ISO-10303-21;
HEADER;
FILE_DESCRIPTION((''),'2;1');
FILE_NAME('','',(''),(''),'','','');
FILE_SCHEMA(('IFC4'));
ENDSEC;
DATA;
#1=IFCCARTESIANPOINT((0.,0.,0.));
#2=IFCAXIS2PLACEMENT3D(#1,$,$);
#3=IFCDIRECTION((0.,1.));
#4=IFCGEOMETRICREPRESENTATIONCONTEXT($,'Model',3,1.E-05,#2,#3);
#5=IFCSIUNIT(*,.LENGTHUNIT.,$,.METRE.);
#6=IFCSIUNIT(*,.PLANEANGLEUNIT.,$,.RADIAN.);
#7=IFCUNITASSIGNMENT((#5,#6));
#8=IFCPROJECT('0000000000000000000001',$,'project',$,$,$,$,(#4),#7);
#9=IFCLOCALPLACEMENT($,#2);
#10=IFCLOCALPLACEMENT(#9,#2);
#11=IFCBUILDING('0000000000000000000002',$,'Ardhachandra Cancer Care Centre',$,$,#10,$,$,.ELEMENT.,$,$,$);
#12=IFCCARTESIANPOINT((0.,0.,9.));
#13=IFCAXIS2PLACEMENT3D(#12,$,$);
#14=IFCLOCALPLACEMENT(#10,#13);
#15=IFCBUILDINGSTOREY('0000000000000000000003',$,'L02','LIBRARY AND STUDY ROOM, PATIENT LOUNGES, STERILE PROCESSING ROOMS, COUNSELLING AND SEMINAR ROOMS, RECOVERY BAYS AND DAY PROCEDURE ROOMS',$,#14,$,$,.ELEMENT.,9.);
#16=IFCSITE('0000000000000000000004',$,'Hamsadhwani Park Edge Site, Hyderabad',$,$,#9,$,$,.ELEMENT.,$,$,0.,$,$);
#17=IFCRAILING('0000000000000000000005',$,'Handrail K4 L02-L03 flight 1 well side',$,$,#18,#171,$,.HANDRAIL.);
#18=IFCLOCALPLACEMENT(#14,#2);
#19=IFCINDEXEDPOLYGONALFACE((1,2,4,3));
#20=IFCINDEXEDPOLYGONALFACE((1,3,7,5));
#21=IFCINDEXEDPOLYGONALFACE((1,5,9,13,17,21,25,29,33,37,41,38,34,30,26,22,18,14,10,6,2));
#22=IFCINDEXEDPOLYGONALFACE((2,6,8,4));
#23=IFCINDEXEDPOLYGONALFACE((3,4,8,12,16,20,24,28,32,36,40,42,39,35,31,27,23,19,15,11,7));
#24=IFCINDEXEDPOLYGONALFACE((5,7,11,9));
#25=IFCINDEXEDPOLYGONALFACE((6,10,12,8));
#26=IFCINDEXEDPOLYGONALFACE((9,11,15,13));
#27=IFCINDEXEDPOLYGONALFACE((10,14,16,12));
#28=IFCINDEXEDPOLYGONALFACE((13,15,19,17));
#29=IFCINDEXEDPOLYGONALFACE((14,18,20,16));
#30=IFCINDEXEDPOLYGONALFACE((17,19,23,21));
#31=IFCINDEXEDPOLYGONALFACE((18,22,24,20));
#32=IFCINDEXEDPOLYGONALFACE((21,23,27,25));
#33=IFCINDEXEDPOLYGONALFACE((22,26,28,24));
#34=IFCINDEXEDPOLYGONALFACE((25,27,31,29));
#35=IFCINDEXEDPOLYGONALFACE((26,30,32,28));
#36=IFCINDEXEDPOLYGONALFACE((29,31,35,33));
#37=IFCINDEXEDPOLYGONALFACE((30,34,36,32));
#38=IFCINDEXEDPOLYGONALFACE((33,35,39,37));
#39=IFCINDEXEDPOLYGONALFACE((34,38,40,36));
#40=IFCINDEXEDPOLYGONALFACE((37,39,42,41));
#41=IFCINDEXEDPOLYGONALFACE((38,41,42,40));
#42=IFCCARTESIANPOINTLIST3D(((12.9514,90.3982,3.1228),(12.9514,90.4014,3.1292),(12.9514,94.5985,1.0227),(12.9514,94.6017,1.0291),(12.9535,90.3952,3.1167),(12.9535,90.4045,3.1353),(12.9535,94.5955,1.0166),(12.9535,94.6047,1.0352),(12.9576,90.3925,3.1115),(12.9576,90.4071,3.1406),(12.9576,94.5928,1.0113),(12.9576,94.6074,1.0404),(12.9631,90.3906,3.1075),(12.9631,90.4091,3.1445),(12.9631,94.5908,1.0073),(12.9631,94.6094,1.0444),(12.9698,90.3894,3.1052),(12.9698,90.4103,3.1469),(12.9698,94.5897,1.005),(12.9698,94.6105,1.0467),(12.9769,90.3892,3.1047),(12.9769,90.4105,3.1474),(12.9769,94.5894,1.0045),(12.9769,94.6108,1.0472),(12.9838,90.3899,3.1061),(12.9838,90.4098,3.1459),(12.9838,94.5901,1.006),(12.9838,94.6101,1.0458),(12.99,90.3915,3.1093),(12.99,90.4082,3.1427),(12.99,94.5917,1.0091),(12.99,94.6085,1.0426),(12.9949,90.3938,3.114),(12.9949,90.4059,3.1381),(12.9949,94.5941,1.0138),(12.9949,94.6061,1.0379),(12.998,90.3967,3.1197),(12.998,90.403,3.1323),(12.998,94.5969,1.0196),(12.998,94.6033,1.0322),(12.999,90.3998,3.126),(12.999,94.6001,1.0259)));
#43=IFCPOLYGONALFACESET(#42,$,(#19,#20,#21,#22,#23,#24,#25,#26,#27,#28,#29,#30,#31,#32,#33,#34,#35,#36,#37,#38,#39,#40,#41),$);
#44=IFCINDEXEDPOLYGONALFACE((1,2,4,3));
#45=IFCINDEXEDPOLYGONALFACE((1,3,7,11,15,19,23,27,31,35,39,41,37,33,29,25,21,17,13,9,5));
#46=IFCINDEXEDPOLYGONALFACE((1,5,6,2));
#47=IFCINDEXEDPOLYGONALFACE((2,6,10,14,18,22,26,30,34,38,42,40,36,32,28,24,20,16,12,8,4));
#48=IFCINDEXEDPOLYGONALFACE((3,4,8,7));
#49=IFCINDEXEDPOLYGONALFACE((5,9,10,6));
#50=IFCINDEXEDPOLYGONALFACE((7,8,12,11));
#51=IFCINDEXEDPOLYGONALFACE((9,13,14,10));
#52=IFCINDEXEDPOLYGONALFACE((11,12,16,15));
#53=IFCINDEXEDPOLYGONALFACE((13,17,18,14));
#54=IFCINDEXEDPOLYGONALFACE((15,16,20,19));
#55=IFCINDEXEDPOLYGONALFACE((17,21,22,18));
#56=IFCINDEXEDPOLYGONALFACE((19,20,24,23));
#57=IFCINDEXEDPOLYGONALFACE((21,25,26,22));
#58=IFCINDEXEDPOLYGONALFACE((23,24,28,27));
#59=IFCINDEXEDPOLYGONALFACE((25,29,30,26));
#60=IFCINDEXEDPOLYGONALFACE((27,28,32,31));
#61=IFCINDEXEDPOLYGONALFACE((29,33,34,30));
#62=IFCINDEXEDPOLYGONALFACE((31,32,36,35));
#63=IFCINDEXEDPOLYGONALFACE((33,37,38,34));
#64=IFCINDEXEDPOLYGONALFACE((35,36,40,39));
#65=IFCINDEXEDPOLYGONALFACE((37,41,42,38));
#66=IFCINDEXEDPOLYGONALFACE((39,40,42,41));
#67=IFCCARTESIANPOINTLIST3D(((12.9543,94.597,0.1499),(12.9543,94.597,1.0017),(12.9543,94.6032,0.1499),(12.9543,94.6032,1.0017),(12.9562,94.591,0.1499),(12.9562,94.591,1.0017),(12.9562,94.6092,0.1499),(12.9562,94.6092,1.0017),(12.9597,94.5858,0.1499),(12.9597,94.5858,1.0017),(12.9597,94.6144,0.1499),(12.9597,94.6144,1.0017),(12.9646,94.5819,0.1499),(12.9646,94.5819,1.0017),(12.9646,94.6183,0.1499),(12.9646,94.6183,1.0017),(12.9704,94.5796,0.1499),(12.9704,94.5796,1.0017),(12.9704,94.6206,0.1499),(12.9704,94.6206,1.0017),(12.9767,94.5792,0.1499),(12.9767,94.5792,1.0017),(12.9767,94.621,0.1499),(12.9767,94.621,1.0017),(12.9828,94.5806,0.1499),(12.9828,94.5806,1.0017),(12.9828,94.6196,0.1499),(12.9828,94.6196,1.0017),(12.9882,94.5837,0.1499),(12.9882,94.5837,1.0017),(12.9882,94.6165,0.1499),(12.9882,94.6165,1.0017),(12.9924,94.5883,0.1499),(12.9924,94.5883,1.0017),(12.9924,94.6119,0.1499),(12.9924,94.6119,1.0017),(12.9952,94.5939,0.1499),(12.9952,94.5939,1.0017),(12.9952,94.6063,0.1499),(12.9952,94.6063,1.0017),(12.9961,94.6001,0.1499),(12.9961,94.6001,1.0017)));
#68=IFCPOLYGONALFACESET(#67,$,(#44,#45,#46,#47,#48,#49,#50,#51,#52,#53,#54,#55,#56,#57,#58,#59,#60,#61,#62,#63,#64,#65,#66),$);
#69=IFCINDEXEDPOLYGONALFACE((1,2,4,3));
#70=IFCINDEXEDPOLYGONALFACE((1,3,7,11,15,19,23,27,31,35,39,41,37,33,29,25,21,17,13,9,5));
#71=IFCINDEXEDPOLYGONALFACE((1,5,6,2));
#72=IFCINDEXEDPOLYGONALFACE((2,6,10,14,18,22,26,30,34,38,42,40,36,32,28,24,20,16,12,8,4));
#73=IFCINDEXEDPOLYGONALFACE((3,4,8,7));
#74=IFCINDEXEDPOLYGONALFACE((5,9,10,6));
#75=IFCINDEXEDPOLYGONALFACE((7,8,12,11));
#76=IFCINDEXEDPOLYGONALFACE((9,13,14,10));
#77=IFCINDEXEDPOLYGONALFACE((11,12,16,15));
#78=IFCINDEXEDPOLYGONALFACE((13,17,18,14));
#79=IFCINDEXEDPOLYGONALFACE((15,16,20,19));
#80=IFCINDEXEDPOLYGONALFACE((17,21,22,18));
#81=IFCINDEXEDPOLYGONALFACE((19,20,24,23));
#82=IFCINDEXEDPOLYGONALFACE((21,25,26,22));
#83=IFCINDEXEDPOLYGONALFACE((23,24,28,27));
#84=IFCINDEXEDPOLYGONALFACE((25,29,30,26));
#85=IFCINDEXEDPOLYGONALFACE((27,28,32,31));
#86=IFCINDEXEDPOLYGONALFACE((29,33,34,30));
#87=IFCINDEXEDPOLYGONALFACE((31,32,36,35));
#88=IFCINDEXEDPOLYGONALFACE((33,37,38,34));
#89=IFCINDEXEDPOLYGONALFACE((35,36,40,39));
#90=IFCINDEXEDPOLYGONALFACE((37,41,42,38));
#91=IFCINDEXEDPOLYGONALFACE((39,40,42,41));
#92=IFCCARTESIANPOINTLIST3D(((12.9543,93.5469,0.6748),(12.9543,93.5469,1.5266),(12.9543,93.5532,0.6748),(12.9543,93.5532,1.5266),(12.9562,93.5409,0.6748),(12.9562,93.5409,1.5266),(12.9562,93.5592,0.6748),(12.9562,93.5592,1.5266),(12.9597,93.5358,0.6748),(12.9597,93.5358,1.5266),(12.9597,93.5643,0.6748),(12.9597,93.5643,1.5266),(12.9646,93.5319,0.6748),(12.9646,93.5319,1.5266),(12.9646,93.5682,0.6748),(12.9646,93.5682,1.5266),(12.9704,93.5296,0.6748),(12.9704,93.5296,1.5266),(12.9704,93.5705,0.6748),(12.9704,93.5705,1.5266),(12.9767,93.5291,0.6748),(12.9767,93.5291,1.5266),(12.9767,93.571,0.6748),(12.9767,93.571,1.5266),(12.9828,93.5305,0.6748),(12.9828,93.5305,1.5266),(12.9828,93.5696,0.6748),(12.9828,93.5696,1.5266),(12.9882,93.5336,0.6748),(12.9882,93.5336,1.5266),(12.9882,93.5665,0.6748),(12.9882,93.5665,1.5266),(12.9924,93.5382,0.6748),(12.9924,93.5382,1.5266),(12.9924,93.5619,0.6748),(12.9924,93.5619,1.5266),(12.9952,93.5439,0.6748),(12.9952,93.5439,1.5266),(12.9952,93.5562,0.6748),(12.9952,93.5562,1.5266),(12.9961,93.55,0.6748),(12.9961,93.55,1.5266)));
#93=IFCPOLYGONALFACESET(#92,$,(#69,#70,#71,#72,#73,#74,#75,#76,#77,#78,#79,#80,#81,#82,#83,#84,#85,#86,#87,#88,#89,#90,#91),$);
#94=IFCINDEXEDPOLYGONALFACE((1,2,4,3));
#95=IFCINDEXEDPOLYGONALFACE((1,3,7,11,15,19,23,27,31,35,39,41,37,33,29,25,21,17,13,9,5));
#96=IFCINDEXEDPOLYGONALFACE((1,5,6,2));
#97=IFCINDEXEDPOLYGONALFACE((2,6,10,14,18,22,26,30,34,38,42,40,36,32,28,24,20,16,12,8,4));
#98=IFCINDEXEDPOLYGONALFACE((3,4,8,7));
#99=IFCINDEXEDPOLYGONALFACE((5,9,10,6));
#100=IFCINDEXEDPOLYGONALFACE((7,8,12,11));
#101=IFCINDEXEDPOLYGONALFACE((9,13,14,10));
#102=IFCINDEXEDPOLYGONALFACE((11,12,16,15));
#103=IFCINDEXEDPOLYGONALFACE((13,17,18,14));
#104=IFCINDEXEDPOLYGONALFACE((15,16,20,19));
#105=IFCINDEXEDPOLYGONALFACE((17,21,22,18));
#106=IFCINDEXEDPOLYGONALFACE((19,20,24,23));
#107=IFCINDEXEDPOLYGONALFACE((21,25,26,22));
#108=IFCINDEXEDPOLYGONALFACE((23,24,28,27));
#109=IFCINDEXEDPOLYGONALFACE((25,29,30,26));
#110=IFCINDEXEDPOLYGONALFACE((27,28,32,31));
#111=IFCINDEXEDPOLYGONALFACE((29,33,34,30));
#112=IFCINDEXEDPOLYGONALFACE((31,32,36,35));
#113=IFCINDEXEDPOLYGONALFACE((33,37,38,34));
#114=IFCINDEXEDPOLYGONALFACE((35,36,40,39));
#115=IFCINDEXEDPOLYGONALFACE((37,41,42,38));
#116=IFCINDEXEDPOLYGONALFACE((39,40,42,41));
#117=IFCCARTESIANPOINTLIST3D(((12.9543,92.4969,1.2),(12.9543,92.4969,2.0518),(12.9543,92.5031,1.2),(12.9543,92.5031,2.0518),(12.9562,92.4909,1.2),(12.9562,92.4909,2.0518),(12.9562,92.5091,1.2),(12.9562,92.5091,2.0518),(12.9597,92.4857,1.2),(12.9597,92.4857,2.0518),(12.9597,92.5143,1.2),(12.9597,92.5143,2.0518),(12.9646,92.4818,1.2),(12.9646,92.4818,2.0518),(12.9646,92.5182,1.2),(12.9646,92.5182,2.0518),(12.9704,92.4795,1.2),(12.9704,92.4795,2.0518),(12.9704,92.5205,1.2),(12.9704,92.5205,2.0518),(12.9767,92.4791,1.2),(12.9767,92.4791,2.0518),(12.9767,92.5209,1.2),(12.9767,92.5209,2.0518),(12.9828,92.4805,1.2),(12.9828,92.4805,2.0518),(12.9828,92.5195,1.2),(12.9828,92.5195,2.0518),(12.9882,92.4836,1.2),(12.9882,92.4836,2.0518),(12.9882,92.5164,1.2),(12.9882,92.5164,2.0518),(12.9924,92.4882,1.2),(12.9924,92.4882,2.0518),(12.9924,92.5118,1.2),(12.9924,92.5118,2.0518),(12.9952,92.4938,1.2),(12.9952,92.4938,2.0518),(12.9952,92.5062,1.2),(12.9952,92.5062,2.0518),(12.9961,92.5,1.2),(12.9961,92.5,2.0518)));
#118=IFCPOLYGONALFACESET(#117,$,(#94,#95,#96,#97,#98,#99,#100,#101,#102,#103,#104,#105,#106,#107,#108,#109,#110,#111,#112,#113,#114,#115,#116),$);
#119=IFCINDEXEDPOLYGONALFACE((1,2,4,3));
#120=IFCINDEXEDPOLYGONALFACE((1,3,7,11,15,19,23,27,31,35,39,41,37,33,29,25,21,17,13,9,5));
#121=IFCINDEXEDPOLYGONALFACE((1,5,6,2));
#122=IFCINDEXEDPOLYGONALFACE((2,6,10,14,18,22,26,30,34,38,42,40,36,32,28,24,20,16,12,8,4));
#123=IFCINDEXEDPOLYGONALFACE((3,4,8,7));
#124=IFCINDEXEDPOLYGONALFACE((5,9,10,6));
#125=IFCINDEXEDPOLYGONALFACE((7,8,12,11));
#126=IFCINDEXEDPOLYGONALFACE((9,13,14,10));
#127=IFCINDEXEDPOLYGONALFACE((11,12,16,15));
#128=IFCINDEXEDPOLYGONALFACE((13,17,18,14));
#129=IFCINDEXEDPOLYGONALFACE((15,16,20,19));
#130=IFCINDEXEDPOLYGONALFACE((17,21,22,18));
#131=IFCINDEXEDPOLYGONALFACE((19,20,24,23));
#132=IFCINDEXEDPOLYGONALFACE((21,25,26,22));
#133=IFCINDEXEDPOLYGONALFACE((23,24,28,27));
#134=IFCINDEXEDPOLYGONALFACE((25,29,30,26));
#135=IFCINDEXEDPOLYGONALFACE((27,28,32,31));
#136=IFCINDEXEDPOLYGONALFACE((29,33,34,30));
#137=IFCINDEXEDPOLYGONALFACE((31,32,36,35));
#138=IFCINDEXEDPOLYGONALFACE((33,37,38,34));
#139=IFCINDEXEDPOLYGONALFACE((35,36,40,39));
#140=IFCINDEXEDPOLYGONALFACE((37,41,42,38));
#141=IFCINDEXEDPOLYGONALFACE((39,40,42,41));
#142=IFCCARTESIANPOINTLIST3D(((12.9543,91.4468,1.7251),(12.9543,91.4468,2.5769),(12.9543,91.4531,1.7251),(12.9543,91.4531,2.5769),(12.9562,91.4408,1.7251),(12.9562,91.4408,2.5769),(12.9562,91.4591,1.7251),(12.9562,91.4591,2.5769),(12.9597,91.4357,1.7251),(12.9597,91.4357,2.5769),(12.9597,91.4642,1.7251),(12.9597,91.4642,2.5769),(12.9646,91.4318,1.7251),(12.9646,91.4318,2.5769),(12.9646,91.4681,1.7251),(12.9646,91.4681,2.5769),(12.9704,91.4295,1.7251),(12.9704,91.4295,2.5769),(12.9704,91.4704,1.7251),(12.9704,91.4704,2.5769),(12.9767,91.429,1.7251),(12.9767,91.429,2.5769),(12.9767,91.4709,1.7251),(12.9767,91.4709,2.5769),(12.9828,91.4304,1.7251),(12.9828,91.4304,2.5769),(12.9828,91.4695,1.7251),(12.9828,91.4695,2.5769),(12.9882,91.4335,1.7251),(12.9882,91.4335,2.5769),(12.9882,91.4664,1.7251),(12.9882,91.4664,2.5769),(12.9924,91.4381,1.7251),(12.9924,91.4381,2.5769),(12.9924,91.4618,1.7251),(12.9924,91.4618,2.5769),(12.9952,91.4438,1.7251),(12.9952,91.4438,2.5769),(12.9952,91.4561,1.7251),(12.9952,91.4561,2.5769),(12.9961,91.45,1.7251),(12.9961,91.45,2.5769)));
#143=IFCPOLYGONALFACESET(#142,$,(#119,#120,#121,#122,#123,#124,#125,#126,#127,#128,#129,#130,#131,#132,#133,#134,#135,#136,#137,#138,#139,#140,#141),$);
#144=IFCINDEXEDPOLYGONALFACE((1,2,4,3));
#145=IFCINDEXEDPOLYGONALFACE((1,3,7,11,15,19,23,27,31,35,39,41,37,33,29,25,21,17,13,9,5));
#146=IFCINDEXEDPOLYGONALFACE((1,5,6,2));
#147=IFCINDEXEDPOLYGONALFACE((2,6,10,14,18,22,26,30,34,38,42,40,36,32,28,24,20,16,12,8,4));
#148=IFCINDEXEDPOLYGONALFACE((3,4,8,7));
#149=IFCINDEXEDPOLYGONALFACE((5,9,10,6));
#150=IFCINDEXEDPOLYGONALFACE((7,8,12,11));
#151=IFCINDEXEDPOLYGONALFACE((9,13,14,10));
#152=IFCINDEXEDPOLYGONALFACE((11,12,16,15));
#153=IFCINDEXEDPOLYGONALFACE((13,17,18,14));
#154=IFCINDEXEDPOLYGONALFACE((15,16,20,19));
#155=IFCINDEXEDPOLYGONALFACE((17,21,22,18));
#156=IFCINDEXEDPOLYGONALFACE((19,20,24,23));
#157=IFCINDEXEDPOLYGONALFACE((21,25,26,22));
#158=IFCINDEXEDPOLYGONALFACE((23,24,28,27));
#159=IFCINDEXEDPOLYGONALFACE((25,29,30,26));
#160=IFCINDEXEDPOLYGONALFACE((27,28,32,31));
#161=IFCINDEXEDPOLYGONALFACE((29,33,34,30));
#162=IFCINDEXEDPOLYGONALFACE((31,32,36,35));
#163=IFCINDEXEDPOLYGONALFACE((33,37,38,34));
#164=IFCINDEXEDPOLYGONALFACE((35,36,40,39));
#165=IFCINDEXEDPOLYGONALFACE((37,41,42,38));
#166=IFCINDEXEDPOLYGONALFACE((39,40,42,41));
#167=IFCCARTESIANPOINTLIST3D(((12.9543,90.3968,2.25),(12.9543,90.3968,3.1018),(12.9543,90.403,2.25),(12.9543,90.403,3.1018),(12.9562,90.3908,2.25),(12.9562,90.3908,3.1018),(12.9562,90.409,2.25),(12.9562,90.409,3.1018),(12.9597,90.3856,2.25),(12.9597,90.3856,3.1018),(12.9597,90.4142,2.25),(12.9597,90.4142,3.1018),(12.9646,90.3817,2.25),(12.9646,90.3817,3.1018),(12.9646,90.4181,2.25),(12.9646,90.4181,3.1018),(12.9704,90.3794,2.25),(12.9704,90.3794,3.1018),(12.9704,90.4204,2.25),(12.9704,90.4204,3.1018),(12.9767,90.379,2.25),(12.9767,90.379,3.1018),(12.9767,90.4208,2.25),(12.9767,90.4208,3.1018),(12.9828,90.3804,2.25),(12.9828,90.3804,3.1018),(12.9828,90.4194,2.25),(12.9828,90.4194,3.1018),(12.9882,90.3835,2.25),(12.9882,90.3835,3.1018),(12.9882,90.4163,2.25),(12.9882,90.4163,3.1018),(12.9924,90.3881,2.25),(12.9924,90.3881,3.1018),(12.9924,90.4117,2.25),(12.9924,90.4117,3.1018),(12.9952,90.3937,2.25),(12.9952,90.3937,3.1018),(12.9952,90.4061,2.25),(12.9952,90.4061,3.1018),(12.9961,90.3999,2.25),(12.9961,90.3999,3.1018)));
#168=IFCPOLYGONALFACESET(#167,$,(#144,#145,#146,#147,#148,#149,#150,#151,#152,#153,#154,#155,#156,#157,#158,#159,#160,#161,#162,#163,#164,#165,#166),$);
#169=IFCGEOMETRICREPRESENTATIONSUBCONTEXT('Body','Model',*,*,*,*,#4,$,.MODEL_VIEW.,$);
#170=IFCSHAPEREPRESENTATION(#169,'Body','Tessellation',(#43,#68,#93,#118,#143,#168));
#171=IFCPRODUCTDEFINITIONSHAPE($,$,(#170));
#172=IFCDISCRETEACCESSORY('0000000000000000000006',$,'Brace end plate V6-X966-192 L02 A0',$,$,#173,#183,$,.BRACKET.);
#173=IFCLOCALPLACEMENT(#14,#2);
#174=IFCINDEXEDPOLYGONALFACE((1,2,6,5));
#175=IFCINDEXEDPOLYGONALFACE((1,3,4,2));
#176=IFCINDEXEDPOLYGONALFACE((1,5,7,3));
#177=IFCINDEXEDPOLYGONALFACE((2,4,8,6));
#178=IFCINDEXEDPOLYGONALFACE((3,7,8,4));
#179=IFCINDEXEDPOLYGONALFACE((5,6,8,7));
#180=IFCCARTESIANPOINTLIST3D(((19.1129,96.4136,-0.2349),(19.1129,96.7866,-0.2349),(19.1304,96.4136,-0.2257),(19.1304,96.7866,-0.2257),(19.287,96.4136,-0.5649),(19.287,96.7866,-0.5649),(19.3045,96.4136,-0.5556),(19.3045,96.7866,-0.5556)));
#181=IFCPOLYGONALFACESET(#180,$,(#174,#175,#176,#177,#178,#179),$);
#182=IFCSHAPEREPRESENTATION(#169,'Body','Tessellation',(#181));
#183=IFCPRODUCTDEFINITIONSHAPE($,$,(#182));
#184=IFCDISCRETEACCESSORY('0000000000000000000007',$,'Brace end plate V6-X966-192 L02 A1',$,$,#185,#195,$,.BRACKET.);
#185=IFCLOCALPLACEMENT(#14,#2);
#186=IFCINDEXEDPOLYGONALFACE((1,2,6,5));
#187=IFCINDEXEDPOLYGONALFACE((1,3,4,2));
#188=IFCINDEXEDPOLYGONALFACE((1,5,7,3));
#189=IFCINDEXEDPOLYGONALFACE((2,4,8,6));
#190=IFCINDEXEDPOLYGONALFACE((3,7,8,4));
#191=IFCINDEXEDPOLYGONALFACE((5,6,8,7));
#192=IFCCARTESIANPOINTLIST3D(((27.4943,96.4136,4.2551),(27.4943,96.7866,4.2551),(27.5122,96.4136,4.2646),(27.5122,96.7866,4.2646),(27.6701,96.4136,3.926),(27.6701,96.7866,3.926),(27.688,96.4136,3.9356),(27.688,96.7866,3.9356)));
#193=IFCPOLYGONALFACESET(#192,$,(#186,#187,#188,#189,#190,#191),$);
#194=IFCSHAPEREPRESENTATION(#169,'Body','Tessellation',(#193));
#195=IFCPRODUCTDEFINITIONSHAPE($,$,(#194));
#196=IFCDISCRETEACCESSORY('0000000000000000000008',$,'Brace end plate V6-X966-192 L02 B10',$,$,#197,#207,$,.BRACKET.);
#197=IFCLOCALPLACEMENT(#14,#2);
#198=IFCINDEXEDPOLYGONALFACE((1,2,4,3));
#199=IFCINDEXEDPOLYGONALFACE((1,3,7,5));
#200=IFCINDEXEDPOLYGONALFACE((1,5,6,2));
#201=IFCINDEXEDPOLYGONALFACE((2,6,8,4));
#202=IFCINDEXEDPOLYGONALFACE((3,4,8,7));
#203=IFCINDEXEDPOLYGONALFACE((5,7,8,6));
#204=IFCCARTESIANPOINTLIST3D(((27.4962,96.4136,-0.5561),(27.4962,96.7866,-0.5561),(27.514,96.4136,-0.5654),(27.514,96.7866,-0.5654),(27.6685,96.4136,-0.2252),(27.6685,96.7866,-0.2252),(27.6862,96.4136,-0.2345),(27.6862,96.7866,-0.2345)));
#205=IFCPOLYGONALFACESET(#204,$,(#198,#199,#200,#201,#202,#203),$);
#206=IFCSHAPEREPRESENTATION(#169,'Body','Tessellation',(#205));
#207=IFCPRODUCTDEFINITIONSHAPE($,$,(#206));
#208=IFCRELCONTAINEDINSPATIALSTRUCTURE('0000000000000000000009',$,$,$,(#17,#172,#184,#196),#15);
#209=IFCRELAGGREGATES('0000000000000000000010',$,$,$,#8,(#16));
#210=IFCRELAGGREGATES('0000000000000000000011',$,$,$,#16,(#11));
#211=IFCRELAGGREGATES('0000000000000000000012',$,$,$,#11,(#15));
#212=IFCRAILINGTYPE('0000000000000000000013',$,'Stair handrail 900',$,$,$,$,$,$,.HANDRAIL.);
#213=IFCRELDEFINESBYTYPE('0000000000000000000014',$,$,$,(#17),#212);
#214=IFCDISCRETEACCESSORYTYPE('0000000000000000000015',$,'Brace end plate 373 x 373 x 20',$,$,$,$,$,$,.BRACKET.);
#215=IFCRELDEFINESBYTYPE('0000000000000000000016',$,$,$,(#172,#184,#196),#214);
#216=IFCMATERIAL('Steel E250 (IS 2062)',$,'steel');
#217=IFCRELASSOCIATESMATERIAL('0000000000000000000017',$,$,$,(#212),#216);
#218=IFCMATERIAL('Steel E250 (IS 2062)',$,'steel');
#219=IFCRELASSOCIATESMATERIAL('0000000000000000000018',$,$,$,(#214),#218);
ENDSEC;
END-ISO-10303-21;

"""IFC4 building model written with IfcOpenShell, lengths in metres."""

from ifc_helpers import new_model, si_unit, direction, frame, origin, origin_2d, place, context, subcontext, project, spatial, rectangle, circle, extrude, material, material_profile, profile_set, type_object, element, save


model = new_model("IFC4")

# Units and contexts
model_context = context("Model", 3, precision=1e-05, world=origin(), true_north=direction((0.0, 1.0)))
body_context = subcontext(model_context, "Body", "Model", "MODEL_VIEW")
ifc_project = project(units=[si_unit("LENGTHUNIT", "METRE"), si_unit("PLANEANGLEUNIT", "RADIAN")], contexts=[model_context])

# Site, building, storey
site_placement = place(None, origin())
site = spatial("IfcSite", under=ifc_project, at=site_placement, Name="Hamsadhwani Park Edge Site, Hyderabad", CompositionType="ELEMENT", RefElevation=0.0)
building_placement = place(site_placement, origin())
building = spatial("IfcBuilding", under=site, at=building_placement, Name="Ardhachandra Cancer Care Centre", CompositionType="ELEMENT")
storey_placement = place(building_placement, frame((0.0, 0.0, 9.0)))
storey = spatial("IfcBuildingStorey", under=building, at=storey_placement, Name="L02", Description="LIBRARY AND STUDY ROOM, PATIENT LOUNGES, STERILE PROCESSING ROOMS, COUNSELLING AND SEMINAR ROOMS, RECOVERY BAYS AND DAY PROCEDURE ROOMS", CompositionType="ELEMENT", Elevation=9.0)

# Railing
ifc_material_1 = material(Name="Steel E250 (IS 2062)", Category="steel")
railing_type_1 = type_object("IfcRailingType", Name="Stair handrail 900", PredefinedType="HANDRAIL", material=ifc_material_1)
railing_1_placement = place(storey_placement, frame((12.9751, 94.6001, 0.1499)))
element("IfcRailing", 1, at=railing_1_placement, inside=storey, type_object=railing_type_1, Name="Handrail K4 L02-L03 flight 1 well side", PredefinedType="HANDRAIL", context=body_context, shape_type="SweptSolid", body=[
    extrude(circle(Radius=0.0239, at=origin_2d()), frame((0.0, 0.0, 0.876), z_axis=(0.0, -0.894427, 0.447214), x_axis=(1.0, 0.0, 0.0)), (0.0, 0.0, 1.0), 4.696),
    extrude(circle(Radius=0.021, at=origin_2d()), origin(), (0.0, 0.0, 1.0), 0.8518),
    extrude(circle(Radius=0.021, at=origin_2d()), frame((0.0, -1.05, 0.5249)), (0.0, 0.0, 1.0), 0.8518),
    extrude(circle(Radius=0.021, at=origin_2d()), frame((0.0, -2.1001, 1.05)), (0.0, 0.0, 1.0), 0.8518),
    extrude(circle(Radius=0.021, at=origin_2d()), frame((0.0, -3.1501, 1.5752)), (0.0, 0.0, 1.0), 0.8518),
    extrude(circle(Radius=0.021, at=origin_2d()), frame((0.0, -4.2002, 2.1001)), (0.0, 0.0, 1.0), 0.8518),
])

# Discrete accessories
ifc_material_2 = material(Name="Steel E250 (IS 2062)", Category="steel")
ifc_material_profile_1 = material_profile(ifc_material_2, rectangle(XDim=0.373, YDim=0.373, at=origin_2d()), Name="PL 373x373x20")
ifc_profile_set_1 = profile_set([ifc_material_profile_1], Name="Steel E250 (IS 2062)")
discrete_accessory_type_1 = type_object("IfcDiscreteAccessoryType", Name="Brace end plate 373 x 373 x 20", PredefinedType="BRACKET", material=ifc_profile_set_1)
discrete_accessory_1_placement = place(storey_placement, frame((19.2, 96.6001, -0.3999), z_axis=(0.884385, 0.0, 0.466759), x_axis=(0.0, 1.0, 0.0)))
element("IfcDiscreteAccessory", 2, at=discrete_accessory_1_placement, inside=storey, type_object=discrete_accessory_type_1, Name="Brace end plate V6-X966-192 L02 A0", PredefinedType="BRACKET", context=body_context, shape_type="SweptSolid", body=[
    extrude(rectangle(XDim=0.373, YDim=0.373, at=origin_2d()), origin(), (0.0, 0.0, 1.0), 0.0198),
])
discrete_accessory_2_placement = place(storey_placement, frame((27.6001, 96.6001, 4.1001), z_axis=(-0.882018, 0.0, -0.471215), x_axis=(0.0, -1.0, 0.0)))
element("IfcDiscreteAccessory", 3, at=discrete_accessory_2_placement, inside=storey, type_object=discrete_accessory_type_1, Name="Brace end plate V6-X966-192 L02 A1", PredefinedType="BRACKET", context=body_context, shape_type="SweptSolid", body=[
    extrude(rectangle(XDim=0.373, YDim=0.373, at=origin_2d()), origin(), (0.0, 0.0, 1.0), 0.0203),
])
for number, where, z_axis, x_axis, name in (
    (4, (27.6001, 96.6001, -0.3999), (-0.887018, 0.0, 0.461735), (0.0, -1.0, 0.0), "Brace end plate V6-X966-192 L02 B10"),
):
    element("IfcDiscreteAccessory", number, at=place(storey_placement, frame(where, z_axis=z_axis, x_axis=x_axis)), inside=storey, type_object=discrete_accessory_type_1, Name=name, PredefinedType="BRACKET", context=body_context, shape_type="SweptSolid", body=[
        extrude(rectangle(XDim=0.373, YDim=0.373, at=origin_2d()), origin(), (0.0, 0.0, 1.0), 0.02),
    ])

save(model, "model.ifc")
